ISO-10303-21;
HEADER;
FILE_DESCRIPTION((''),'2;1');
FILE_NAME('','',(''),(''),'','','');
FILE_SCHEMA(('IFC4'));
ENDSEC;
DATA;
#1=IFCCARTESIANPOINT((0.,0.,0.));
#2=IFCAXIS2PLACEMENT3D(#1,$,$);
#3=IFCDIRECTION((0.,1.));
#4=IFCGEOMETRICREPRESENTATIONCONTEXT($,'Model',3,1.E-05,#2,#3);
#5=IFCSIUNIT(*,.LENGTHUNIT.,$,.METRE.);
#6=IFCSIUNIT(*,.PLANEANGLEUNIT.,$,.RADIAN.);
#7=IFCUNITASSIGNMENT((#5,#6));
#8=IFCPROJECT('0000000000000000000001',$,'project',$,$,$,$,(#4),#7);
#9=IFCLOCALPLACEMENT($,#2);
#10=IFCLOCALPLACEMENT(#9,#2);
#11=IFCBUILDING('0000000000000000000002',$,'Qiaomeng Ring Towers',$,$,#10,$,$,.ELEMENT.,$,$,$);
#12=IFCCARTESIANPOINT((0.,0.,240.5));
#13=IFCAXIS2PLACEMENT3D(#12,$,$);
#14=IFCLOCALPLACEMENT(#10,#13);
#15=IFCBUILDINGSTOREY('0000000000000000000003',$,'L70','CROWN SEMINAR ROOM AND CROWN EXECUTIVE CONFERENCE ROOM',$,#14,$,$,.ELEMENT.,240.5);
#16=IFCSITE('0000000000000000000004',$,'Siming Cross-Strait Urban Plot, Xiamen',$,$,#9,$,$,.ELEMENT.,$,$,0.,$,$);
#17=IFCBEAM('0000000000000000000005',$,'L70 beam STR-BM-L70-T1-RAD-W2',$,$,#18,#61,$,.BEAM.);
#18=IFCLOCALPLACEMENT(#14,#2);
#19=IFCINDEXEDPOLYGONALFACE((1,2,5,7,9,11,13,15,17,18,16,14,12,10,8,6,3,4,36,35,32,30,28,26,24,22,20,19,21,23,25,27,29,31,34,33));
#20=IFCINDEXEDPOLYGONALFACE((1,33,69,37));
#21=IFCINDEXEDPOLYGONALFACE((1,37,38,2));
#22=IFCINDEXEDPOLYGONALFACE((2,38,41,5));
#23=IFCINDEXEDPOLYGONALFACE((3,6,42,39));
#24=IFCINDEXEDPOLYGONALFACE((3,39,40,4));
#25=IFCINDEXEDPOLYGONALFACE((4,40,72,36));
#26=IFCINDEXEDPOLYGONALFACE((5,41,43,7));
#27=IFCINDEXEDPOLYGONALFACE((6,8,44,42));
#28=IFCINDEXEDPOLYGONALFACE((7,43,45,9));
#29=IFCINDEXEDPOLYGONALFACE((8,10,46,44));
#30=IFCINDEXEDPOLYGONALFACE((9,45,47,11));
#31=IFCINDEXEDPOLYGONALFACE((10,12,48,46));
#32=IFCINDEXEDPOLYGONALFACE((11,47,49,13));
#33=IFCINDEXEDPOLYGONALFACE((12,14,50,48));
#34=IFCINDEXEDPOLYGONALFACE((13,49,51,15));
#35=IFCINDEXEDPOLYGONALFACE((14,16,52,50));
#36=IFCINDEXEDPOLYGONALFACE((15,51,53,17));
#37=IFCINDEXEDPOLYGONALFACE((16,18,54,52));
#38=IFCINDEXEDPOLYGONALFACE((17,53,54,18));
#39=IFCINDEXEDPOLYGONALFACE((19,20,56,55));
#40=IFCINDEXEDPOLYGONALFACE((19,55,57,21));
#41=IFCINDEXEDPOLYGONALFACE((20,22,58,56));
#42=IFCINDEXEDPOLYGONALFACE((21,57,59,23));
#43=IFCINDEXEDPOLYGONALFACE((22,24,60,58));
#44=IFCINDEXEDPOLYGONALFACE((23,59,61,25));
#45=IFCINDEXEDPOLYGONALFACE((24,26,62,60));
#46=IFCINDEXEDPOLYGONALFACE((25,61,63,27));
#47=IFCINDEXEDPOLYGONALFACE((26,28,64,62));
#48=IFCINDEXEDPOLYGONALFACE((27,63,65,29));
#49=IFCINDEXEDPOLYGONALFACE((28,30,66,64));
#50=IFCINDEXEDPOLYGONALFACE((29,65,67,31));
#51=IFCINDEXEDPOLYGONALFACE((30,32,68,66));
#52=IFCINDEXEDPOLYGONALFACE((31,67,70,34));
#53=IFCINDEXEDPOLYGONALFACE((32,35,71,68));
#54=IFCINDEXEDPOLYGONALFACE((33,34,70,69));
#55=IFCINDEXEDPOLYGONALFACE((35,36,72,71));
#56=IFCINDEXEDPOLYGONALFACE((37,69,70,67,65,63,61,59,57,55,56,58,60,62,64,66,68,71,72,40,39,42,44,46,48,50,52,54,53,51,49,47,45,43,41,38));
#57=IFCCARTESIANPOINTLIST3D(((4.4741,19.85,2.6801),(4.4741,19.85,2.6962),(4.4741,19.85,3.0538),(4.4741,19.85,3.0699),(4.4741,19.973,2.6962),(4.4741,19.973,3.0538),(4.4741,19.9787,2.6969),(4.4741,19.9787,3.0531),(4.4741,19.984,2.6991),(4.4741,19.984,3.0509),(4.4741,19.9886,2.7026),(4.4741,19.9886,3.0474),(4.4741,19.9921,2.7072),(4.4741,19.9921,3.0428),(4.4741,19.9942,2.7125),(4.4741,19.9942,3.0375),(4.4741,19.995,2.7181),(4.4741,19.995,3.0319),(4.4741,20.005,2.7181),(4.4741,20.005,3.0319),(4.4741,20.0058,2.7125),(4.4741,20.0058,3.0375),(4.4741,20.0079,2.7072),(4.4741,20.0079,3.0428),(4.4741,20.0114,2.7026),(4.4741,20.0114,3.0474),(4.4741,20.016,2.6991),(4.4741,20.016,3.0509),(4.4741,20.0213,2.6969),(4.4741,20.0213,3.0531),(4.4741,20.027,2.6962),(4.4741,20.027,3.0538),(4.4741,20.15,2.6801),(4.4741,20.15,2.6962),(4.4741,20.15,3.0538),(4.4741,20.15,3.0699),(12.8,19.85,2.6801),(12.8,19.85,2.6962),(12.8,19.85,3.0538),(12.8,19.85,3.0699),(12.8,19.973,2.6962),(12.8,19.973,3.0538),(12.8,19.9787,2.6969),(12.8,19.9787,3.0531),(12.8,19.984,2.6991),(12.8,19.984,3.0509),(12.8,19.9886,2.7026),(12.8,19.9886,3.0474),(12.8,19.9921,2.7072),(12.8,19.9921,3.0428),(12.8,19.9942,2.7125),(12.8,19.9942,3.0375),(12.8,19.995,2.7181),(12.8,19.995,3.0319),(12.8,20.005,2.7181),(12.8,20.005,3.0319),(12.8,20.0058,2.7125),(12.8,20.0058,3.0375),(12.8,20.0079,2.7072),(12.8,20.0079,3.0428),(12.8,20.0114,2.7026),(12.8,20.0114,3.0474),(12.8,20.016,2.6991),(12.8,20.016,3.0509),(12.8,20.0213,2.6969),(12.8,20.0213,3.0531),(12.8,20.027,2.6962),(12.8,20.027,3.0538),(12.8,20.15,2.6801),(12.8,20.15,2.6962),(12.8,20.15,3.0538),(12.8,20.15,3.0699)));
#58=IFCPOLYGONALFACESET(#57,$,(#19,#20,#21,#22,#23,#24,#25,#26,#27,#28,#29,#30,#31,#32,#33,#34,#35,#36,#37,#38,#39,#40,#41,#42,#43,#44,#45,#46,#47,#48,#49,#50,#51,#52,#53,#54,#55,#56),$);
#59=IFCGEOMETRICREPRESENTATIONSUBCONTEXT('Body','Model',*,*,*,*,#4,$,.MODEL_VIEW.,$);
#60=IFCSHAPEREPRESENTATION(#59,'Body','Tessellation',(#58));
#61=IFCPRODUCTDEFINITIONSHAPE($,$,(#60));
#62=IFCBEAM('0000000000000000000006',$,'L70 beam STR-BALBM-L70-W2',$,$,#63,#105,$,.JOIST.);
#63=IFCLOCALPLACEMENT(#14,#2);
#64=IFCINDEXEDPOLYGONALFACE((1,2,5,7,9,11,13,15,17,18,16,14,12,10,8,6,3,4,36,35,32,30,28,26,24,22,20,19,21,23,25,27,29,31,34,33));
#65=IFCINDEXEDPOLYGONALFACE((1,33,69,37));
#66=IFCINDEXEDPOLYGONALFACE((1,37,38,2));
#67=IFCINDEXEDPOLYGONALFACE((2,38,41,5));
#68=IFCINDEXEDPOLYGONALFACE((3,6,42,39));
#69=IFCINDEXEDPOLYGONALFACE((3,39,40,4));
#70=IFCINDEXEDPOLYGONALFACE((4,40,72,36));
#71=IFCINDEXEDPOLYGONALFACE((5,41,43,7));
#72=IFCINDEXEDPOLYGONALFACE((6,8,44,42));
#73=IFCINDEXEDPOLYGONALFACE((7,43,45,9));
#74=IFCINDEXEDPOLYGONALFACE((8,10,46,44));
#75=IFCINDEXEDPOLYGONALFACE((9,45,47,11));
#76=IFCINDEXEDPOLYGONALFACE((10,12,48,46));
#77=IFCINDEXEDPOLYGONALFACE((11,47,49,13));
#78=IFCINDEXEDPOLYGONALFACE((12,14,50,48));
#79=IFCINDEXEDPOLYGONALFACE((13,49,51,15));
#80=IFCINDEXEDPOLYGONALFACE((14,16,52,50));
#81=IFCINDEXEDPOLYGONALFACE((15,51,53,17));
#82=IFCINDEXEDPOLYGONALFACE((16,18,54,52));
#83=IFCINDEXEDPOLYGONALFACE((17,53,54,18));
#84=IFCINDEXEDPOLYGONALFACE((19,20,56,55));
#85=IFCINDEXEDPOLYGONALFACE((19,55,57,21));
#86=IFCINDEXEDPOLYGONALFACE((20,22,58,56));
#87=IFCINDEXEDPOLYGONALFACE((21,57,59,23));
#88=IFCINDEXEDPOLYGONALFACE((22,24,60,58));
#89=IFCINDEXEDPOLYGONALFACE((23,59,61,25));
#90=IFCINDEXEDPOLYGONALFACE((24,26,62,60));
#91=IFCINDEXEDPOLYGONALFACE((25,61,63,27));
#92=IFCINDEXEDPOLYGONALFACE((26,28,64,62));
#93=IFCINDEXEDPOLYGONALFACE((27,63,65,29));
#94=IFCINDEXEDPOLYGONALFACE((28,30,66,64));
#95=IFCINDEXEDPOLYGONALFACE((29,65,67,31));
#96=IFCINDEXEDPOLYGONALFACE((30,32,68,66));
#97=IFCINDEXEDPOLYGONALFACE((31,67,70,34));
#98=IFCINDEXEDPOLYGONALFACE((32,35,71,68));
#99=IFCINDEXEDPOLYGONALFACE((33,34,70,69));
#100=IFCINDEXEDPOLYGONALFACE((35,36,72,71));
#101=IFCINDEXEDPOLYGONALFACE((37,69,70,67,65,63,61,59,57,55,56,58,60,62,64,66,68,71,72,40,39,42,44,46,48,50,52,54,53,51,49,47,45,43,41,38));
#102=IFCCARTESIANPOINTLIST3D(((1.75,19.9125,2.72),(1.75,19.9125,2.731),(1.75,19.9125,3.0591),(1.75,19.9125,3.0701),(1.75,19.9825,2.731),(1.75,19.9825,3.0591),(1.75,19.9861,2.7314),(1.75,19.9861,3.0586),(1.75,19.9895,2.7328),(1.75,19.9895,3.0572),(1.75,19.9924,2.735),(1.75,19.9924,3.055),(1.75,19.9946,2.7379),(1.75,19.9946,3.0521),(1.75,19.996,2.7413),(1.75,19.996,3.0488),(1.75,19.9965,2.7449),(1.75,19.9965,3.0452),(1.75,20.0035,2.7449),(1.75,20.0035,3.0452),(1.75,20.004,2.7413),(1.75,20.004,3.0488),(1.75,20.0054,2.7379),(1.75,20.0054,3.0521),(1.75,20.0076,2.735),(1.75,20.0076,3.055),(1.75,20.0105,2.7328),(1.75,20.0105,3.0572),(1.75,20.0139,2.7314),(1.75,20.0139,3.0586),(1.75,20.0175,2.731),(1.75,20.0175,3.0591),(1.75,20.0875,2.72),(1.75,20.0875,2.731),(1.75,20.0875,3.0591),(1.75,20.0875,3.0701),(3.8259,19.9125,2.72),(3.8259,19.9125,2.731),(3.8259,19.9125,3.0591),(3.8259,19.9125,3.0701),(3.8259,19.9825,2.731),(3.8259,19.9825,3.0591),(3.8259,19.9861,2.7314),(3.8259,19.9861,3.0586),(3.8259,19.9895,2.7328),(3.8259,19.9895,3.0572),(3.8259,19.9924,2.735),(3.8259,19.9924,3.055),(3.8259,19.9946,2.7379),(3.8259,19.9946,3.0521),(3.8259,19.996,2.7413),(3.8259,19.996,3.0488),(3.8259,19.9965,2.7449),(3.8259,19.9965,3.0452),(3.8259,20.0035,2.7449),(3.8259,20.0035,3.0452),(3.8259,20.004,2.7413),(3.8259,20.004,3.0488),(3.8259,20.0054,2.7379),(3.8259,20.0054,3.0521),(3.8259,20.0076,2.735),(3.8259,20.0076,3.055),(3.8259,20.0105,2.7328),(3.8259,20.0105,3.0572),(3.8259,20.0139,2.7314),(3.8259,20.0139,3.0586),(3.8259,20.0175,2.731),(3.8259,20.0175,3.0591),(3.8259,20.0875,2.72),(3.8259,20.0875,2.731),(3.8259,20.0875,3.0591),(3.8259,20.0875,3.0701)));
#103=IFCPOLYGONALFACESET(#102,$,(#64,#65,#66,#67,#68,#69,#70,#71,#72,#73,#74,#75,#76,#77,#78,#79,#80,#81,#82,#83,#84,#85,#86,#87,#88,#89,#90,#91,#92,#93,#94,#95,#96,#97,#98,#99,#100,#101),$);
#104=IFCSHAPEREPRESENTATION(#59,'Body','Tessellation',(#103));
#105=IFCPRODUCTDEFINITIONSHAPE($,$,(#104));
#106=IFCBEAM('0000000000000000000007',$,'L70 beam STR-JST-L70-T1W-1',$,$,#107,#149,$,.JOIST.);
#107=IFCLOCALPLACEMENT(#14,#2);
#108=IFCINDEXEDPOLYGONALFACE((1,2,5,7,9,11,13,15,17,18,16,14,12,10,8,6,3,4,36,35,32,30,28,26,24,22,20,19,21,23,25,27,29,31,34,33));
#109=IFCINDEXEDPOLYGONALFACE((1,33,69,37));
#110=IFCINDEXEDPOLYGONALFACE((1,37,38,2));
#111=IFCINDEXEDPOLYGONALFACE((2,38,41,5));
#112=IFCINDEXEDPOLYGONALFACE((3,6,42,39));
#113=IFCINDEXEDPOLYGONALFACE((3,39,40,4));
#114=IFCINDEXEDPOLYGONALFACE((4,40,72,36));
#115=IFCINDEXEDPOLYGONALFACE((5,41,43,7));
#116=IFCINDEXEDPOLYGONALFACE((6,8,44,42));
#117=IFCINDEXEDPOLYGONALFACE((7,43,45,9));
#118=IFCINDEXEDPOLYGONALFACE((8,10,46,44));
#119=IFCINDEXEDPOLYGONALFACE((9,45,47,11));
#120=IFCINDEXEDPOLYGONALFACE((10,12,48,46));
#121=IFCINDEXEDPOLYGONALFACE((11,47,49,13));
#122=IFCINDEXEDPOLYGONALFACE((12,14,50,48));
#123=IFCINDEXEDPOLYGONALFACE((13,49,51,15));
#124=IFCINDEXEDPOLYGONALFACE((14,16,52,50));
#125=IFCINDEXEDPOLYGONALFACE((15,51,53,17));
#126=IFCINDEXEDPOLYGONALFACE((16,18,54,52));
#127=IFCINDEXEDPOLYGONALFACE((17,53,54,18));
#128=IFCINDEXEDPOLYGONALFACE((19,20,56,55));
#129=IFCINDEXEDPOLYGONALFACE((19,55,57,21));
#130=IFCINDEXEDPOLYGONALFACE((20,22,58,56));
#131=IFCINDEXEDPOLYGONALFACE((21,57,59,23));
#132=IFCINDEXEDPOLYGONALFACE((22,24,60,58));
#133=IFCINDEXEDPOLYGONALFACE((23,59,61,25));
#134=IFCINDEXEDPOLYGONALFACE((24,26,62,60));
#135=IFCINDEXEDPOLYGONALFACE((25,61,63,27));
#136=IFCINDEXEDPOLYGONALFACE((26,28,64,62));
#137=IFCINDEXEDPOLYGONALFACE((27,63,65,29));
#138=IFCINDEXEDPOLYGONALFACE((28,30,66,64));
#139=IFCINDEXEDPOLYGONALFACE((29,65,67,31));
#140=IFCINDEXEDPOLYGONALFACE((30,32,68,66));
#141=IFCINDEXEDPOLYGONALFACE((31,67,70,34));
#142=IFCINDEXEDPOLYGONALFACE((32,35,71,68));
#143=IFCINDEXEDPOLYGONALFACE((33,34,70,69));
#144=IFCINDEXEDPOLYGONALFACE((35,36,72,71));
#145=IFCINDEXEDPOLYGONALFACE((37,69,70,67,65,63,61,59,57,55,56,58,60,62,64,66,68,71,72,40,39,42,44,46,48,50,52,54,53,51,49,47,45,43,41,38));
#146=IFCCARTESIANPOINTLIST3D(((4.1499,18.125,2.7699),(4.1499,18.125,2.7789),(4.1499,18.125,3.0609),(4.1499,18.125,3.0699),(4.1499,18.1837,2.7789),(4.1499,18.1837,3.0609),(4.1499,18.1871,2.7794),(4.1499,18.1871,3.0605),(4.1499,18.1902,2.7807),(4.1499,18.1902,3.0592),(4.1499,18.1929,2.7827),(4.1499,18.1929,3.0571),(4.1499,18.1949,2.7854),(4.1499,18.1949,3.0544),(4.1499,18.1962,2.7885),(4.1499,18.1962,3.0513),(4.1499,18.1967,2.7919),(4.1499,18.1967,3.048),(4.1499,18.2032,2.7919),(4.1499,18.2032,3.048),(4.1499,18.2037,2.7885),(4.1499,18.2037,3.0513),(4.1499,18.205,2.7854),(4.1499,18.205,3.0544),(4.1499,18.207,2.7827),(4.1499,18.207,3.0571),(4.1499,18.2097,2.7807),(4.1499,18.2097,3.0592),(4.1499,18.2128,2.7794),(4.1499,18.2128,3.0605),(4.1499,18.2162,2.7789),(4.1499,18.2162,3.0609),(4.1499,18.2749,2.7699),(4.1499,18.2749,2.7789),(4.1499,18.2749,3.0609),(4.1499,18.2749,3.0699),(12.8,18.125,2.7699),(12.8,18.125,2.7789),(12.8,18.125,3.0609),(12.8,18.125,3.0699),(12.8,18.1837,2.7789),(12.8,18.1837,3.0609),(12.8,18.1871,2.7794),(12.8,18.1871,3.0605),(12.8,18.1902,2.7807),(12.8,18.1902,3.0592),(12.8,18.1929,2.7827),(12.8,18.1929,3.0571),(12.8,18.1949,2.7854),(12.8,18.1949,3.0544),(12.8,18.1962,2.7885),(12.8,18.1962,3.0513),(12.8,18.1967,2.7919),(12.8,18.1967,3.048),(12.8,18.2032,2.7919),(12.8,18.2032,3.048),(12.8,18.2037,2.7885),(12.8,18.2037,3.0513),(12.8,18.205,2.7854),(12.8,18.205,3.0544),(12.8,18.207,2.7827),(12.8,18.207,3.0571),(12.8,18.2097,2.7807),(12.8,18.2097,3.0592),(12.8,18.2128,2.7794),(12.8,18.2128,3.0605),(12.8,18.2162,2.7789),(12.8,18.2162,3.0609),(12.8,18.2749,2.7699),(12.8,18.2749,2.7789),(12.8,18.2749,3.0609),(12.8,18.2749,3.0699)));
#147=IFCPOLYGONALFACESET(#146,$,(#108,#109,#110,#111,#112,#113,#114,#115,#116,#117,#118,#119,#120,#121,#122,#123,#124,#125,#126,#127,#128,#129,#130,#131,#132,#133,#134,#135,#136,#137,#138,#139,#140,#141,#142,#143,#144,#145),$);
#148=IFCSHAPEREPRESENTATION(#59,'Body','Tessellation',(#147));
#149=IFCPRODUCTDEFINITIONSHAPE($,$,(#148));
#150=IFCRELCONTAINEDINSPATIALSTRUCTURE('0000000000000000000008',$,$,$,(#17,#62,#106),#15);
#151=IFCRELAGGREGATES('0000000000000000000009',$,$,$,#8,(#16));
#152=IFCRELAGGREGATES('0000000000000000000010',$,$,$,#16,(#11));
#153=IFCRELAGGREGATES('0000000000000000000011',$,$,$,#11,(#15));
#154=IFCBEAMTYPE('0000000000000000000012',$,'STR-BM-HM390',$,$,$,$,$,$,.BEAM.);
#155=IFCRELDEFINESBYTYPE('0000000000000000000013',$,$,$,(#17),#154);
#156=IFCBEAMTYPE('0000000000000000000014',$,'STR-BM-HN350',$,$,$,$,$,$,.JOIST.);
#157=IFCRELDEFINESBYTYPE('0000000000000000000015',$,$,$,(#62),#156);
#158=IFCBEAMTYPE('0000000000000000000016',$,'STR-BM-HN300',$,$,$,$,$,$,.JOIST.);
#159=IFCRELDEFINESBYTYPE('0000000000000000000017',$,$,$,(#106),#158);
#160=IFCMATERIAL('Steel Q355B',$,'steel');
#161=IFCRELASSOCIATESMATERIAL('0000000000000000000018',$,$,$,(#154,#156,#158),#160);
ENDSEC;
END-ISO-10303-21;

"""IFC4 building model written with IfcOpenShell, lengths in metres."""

from ifc_helpers import new_model, si_unit, direction, frame, origin, origin_2d, place, context, subcontext, project, spatial, i_section, extrude, source, transform, mapped, material, material_profile, profile_set, type_object, element, save


model = new_model("IFC4")

# Units and contexts
model_context = context("Model", 3, precision=1e-05, world=origin(), true_north=direction((0.0, 1.0)))
body_context = subcontext(model_context, "Body", "Model", "MODEL_VIEW")
ifc_project = project(units=[si_unit("LENGTHUNIT", "METRE"), si_unit("PLANEANGLEUNIT", "RADIAN")], contexts=[model_context])

# Site, building, storey
site_placement = place(None, origin())
site = spatial("IfcSite", under=ifc_project, at=site_placement, Name="Siming Cross-Strait Urban Plot, Xiamen", CompositionType="ELEMENT", RefElevation=0.0)
building_placement = place(site_placement, origin())
building = spatial("IfcBuilding", under=site, at=building_placement, Name="Qiaomeng Ring Towers", CompositionType="ELEMENT")
storey_placement = place(building_placement, frame((0.0, 0.0, 240.5)))
storey = spatial("IfcBuildingStorey", under=building, at=storey_placement, Name="L70", Description="CROWN SEMINAR ROOM AND CROWN EXECUTIVE CONFERENCE ROOM", CompositionType="ELEMENT", Elevation=240.5)

# Beams
ifc_material_1 = material(Name="Steel Q355B", Category="steel")
ifc_material_profile_1 = material_profile(ifc_material_1, i_section(OverallWidth=0.3, OverallDepth=0.3899, WebThickness=0.01, FlangeThickness=0.0161, FilletRadius=0.022, at=origin_2d()), Name="HM 390x300x10x16")
ifc_profile_set_1 = profile_set([ifc_material_profile_1], Name="Steel Q355B")
beam_type_1 = type_object("IfcBeamType", Name="STR-BM-HM390", PredefinedType="BEAM", material=ifc_profile_set_1)
shared_shape_1 = source(origin(), body_context, "Body", "SweptSolid", [
    extrude(i_section(OverallWidth=0.3, OverallDepth=0.3899, WebThickness=0.01, FlangeThickness=0.0161, FilletRadius=0.022, at=origin_2d()), origin(), (0.0, 0.0, 1.0), 8.3259),
])
beam_1_placement = place(storey_placement, frame((4.4741, 20.0, 2.875), z_axis=(1.0, 0.0, 0.0), x_axis=(0.0, 1.0, 0.0)))
element("IfcBeam", 1, at=beam_1_placement, inside=storey, type_object=beam_type_1, Name="L70 beam STR-BM-L70-T1-RAD-W2", PredefinedType="BEAM", context=body_context, shape_type="MappedRepresentation", body=[
    mapped(shared_shape_1, transform((0.0, 0.0, 0.0), x_axis=(1.0, 0.0, 0.0), y_axis=(0.0, 1.0, 0.0), z_axis=(0.0, 0.0, 1.0), scale=1.0)),
])
ifc_material_profile_2 = material_profile(ifc_material_1, i_section(OverallWidth=0.175, OverallDepth=0.3501, WebThickness=0.0071, FlangeThickness=0.011, FilletRadius=0.0139, at=origin_2d()), Name="HN 350x175x7x11")
ifc_profile_set_2 = profile_set([ifc_material_profile_2], Name="Steel Q355B")
beam_type_2 = type_object("IfcBeamType", Name="STR-BM-HN350", PredefinedType="JOIST", material=ifc_profile_set_2)
shared_shape_2 = source(origin(), body_context, "Body", "SweptSolid", [
    extrude(i_section(OverallWidth=0.175, OverallDepth=0.3501, WebThickness=0.0071, FlangeThickness=0.011, FilletRadius=0.0139, at=origin_2d()), origin(), (0.0, 0.0, 1.0), 2.0759),
])
beam_2_placement = place(storey_placement, frame((1.75, 20.0, 2.895), z_axis=(1.0, 0.0, 0.0), x_axis=(0.0, 1.0, 0.0)))
element("IfcBeam", 2, at=beam_2_placement, inside=storey, type_object=beam_type_2, Name="L70 beam STR-BALBM-L70-W2", PredefinedType="JOIST", context=body_context, shape_type="MappedRepresentation", body=[
    mapped(shared_shape_2, transform((0.0, 0.0, 0.0), x_axis=(1.0, 0.0, 0.0), y_axis=(0.0, 1.0, 0.0), z_axis=(0.0, 0.0, 1.0), scale=1.0)),
])
ifc_material_profile_3 = material_profile(ifc_material_1, i_section(OverallWidth=0.1499, OverallDepth=0.3, WebThickness=0.0066, FlangeThickness=0.009, FilletRadius=0.0129, at=origin_2d()), Name="HN 300x150x6.5x9")
ifc_profile_set_3 = profile_set([ifc_material_profile_3], Name="Steel Q355B")
beam_type_3 = type_object("IfcBeamType", Name="STR-BM-HN300", PredefinedType="JOIST", material=ifc_profile_set_3)
shared_shape_3 = source(origin(), body_context, "Body", "SweptSolid", [
    extrude(i_section(OverallWidth=0.1499, OverallDepth=0.3, WebThickness=0.0066, FlangeThickness=0.009, FilletRadius=0.0129, at=origin_2d()), origin(), (0.0, 0.0, 1.0), 8.6501),
])
beam_3_placement = place(storey_placement, frame((4.1499, 18.2, 2.9199), z_axis=(1.0, 0.0, 0.0), x_axis=(0.0, 1.0, 0.0)))
element("IfcBeam", 3, at=beam_3_placement, inside=storey, type_object=beam_type_3, Name="L70 beam STR-JST-L70-T1W-1", PredefinedType="JOIST", context=body_context, shape_type="MappedRepresentation", body=[
    mapped(shared_shape_3, transform((0.0, 0.0, 0.0), x_axis=(1.0, 0.0, 0.0), y_axis=(0.0, 1.0, 0.0), z_axis=(0.0, 0.0, 1.0), scale=1.0)),
])

save(model, "model.ifc")
